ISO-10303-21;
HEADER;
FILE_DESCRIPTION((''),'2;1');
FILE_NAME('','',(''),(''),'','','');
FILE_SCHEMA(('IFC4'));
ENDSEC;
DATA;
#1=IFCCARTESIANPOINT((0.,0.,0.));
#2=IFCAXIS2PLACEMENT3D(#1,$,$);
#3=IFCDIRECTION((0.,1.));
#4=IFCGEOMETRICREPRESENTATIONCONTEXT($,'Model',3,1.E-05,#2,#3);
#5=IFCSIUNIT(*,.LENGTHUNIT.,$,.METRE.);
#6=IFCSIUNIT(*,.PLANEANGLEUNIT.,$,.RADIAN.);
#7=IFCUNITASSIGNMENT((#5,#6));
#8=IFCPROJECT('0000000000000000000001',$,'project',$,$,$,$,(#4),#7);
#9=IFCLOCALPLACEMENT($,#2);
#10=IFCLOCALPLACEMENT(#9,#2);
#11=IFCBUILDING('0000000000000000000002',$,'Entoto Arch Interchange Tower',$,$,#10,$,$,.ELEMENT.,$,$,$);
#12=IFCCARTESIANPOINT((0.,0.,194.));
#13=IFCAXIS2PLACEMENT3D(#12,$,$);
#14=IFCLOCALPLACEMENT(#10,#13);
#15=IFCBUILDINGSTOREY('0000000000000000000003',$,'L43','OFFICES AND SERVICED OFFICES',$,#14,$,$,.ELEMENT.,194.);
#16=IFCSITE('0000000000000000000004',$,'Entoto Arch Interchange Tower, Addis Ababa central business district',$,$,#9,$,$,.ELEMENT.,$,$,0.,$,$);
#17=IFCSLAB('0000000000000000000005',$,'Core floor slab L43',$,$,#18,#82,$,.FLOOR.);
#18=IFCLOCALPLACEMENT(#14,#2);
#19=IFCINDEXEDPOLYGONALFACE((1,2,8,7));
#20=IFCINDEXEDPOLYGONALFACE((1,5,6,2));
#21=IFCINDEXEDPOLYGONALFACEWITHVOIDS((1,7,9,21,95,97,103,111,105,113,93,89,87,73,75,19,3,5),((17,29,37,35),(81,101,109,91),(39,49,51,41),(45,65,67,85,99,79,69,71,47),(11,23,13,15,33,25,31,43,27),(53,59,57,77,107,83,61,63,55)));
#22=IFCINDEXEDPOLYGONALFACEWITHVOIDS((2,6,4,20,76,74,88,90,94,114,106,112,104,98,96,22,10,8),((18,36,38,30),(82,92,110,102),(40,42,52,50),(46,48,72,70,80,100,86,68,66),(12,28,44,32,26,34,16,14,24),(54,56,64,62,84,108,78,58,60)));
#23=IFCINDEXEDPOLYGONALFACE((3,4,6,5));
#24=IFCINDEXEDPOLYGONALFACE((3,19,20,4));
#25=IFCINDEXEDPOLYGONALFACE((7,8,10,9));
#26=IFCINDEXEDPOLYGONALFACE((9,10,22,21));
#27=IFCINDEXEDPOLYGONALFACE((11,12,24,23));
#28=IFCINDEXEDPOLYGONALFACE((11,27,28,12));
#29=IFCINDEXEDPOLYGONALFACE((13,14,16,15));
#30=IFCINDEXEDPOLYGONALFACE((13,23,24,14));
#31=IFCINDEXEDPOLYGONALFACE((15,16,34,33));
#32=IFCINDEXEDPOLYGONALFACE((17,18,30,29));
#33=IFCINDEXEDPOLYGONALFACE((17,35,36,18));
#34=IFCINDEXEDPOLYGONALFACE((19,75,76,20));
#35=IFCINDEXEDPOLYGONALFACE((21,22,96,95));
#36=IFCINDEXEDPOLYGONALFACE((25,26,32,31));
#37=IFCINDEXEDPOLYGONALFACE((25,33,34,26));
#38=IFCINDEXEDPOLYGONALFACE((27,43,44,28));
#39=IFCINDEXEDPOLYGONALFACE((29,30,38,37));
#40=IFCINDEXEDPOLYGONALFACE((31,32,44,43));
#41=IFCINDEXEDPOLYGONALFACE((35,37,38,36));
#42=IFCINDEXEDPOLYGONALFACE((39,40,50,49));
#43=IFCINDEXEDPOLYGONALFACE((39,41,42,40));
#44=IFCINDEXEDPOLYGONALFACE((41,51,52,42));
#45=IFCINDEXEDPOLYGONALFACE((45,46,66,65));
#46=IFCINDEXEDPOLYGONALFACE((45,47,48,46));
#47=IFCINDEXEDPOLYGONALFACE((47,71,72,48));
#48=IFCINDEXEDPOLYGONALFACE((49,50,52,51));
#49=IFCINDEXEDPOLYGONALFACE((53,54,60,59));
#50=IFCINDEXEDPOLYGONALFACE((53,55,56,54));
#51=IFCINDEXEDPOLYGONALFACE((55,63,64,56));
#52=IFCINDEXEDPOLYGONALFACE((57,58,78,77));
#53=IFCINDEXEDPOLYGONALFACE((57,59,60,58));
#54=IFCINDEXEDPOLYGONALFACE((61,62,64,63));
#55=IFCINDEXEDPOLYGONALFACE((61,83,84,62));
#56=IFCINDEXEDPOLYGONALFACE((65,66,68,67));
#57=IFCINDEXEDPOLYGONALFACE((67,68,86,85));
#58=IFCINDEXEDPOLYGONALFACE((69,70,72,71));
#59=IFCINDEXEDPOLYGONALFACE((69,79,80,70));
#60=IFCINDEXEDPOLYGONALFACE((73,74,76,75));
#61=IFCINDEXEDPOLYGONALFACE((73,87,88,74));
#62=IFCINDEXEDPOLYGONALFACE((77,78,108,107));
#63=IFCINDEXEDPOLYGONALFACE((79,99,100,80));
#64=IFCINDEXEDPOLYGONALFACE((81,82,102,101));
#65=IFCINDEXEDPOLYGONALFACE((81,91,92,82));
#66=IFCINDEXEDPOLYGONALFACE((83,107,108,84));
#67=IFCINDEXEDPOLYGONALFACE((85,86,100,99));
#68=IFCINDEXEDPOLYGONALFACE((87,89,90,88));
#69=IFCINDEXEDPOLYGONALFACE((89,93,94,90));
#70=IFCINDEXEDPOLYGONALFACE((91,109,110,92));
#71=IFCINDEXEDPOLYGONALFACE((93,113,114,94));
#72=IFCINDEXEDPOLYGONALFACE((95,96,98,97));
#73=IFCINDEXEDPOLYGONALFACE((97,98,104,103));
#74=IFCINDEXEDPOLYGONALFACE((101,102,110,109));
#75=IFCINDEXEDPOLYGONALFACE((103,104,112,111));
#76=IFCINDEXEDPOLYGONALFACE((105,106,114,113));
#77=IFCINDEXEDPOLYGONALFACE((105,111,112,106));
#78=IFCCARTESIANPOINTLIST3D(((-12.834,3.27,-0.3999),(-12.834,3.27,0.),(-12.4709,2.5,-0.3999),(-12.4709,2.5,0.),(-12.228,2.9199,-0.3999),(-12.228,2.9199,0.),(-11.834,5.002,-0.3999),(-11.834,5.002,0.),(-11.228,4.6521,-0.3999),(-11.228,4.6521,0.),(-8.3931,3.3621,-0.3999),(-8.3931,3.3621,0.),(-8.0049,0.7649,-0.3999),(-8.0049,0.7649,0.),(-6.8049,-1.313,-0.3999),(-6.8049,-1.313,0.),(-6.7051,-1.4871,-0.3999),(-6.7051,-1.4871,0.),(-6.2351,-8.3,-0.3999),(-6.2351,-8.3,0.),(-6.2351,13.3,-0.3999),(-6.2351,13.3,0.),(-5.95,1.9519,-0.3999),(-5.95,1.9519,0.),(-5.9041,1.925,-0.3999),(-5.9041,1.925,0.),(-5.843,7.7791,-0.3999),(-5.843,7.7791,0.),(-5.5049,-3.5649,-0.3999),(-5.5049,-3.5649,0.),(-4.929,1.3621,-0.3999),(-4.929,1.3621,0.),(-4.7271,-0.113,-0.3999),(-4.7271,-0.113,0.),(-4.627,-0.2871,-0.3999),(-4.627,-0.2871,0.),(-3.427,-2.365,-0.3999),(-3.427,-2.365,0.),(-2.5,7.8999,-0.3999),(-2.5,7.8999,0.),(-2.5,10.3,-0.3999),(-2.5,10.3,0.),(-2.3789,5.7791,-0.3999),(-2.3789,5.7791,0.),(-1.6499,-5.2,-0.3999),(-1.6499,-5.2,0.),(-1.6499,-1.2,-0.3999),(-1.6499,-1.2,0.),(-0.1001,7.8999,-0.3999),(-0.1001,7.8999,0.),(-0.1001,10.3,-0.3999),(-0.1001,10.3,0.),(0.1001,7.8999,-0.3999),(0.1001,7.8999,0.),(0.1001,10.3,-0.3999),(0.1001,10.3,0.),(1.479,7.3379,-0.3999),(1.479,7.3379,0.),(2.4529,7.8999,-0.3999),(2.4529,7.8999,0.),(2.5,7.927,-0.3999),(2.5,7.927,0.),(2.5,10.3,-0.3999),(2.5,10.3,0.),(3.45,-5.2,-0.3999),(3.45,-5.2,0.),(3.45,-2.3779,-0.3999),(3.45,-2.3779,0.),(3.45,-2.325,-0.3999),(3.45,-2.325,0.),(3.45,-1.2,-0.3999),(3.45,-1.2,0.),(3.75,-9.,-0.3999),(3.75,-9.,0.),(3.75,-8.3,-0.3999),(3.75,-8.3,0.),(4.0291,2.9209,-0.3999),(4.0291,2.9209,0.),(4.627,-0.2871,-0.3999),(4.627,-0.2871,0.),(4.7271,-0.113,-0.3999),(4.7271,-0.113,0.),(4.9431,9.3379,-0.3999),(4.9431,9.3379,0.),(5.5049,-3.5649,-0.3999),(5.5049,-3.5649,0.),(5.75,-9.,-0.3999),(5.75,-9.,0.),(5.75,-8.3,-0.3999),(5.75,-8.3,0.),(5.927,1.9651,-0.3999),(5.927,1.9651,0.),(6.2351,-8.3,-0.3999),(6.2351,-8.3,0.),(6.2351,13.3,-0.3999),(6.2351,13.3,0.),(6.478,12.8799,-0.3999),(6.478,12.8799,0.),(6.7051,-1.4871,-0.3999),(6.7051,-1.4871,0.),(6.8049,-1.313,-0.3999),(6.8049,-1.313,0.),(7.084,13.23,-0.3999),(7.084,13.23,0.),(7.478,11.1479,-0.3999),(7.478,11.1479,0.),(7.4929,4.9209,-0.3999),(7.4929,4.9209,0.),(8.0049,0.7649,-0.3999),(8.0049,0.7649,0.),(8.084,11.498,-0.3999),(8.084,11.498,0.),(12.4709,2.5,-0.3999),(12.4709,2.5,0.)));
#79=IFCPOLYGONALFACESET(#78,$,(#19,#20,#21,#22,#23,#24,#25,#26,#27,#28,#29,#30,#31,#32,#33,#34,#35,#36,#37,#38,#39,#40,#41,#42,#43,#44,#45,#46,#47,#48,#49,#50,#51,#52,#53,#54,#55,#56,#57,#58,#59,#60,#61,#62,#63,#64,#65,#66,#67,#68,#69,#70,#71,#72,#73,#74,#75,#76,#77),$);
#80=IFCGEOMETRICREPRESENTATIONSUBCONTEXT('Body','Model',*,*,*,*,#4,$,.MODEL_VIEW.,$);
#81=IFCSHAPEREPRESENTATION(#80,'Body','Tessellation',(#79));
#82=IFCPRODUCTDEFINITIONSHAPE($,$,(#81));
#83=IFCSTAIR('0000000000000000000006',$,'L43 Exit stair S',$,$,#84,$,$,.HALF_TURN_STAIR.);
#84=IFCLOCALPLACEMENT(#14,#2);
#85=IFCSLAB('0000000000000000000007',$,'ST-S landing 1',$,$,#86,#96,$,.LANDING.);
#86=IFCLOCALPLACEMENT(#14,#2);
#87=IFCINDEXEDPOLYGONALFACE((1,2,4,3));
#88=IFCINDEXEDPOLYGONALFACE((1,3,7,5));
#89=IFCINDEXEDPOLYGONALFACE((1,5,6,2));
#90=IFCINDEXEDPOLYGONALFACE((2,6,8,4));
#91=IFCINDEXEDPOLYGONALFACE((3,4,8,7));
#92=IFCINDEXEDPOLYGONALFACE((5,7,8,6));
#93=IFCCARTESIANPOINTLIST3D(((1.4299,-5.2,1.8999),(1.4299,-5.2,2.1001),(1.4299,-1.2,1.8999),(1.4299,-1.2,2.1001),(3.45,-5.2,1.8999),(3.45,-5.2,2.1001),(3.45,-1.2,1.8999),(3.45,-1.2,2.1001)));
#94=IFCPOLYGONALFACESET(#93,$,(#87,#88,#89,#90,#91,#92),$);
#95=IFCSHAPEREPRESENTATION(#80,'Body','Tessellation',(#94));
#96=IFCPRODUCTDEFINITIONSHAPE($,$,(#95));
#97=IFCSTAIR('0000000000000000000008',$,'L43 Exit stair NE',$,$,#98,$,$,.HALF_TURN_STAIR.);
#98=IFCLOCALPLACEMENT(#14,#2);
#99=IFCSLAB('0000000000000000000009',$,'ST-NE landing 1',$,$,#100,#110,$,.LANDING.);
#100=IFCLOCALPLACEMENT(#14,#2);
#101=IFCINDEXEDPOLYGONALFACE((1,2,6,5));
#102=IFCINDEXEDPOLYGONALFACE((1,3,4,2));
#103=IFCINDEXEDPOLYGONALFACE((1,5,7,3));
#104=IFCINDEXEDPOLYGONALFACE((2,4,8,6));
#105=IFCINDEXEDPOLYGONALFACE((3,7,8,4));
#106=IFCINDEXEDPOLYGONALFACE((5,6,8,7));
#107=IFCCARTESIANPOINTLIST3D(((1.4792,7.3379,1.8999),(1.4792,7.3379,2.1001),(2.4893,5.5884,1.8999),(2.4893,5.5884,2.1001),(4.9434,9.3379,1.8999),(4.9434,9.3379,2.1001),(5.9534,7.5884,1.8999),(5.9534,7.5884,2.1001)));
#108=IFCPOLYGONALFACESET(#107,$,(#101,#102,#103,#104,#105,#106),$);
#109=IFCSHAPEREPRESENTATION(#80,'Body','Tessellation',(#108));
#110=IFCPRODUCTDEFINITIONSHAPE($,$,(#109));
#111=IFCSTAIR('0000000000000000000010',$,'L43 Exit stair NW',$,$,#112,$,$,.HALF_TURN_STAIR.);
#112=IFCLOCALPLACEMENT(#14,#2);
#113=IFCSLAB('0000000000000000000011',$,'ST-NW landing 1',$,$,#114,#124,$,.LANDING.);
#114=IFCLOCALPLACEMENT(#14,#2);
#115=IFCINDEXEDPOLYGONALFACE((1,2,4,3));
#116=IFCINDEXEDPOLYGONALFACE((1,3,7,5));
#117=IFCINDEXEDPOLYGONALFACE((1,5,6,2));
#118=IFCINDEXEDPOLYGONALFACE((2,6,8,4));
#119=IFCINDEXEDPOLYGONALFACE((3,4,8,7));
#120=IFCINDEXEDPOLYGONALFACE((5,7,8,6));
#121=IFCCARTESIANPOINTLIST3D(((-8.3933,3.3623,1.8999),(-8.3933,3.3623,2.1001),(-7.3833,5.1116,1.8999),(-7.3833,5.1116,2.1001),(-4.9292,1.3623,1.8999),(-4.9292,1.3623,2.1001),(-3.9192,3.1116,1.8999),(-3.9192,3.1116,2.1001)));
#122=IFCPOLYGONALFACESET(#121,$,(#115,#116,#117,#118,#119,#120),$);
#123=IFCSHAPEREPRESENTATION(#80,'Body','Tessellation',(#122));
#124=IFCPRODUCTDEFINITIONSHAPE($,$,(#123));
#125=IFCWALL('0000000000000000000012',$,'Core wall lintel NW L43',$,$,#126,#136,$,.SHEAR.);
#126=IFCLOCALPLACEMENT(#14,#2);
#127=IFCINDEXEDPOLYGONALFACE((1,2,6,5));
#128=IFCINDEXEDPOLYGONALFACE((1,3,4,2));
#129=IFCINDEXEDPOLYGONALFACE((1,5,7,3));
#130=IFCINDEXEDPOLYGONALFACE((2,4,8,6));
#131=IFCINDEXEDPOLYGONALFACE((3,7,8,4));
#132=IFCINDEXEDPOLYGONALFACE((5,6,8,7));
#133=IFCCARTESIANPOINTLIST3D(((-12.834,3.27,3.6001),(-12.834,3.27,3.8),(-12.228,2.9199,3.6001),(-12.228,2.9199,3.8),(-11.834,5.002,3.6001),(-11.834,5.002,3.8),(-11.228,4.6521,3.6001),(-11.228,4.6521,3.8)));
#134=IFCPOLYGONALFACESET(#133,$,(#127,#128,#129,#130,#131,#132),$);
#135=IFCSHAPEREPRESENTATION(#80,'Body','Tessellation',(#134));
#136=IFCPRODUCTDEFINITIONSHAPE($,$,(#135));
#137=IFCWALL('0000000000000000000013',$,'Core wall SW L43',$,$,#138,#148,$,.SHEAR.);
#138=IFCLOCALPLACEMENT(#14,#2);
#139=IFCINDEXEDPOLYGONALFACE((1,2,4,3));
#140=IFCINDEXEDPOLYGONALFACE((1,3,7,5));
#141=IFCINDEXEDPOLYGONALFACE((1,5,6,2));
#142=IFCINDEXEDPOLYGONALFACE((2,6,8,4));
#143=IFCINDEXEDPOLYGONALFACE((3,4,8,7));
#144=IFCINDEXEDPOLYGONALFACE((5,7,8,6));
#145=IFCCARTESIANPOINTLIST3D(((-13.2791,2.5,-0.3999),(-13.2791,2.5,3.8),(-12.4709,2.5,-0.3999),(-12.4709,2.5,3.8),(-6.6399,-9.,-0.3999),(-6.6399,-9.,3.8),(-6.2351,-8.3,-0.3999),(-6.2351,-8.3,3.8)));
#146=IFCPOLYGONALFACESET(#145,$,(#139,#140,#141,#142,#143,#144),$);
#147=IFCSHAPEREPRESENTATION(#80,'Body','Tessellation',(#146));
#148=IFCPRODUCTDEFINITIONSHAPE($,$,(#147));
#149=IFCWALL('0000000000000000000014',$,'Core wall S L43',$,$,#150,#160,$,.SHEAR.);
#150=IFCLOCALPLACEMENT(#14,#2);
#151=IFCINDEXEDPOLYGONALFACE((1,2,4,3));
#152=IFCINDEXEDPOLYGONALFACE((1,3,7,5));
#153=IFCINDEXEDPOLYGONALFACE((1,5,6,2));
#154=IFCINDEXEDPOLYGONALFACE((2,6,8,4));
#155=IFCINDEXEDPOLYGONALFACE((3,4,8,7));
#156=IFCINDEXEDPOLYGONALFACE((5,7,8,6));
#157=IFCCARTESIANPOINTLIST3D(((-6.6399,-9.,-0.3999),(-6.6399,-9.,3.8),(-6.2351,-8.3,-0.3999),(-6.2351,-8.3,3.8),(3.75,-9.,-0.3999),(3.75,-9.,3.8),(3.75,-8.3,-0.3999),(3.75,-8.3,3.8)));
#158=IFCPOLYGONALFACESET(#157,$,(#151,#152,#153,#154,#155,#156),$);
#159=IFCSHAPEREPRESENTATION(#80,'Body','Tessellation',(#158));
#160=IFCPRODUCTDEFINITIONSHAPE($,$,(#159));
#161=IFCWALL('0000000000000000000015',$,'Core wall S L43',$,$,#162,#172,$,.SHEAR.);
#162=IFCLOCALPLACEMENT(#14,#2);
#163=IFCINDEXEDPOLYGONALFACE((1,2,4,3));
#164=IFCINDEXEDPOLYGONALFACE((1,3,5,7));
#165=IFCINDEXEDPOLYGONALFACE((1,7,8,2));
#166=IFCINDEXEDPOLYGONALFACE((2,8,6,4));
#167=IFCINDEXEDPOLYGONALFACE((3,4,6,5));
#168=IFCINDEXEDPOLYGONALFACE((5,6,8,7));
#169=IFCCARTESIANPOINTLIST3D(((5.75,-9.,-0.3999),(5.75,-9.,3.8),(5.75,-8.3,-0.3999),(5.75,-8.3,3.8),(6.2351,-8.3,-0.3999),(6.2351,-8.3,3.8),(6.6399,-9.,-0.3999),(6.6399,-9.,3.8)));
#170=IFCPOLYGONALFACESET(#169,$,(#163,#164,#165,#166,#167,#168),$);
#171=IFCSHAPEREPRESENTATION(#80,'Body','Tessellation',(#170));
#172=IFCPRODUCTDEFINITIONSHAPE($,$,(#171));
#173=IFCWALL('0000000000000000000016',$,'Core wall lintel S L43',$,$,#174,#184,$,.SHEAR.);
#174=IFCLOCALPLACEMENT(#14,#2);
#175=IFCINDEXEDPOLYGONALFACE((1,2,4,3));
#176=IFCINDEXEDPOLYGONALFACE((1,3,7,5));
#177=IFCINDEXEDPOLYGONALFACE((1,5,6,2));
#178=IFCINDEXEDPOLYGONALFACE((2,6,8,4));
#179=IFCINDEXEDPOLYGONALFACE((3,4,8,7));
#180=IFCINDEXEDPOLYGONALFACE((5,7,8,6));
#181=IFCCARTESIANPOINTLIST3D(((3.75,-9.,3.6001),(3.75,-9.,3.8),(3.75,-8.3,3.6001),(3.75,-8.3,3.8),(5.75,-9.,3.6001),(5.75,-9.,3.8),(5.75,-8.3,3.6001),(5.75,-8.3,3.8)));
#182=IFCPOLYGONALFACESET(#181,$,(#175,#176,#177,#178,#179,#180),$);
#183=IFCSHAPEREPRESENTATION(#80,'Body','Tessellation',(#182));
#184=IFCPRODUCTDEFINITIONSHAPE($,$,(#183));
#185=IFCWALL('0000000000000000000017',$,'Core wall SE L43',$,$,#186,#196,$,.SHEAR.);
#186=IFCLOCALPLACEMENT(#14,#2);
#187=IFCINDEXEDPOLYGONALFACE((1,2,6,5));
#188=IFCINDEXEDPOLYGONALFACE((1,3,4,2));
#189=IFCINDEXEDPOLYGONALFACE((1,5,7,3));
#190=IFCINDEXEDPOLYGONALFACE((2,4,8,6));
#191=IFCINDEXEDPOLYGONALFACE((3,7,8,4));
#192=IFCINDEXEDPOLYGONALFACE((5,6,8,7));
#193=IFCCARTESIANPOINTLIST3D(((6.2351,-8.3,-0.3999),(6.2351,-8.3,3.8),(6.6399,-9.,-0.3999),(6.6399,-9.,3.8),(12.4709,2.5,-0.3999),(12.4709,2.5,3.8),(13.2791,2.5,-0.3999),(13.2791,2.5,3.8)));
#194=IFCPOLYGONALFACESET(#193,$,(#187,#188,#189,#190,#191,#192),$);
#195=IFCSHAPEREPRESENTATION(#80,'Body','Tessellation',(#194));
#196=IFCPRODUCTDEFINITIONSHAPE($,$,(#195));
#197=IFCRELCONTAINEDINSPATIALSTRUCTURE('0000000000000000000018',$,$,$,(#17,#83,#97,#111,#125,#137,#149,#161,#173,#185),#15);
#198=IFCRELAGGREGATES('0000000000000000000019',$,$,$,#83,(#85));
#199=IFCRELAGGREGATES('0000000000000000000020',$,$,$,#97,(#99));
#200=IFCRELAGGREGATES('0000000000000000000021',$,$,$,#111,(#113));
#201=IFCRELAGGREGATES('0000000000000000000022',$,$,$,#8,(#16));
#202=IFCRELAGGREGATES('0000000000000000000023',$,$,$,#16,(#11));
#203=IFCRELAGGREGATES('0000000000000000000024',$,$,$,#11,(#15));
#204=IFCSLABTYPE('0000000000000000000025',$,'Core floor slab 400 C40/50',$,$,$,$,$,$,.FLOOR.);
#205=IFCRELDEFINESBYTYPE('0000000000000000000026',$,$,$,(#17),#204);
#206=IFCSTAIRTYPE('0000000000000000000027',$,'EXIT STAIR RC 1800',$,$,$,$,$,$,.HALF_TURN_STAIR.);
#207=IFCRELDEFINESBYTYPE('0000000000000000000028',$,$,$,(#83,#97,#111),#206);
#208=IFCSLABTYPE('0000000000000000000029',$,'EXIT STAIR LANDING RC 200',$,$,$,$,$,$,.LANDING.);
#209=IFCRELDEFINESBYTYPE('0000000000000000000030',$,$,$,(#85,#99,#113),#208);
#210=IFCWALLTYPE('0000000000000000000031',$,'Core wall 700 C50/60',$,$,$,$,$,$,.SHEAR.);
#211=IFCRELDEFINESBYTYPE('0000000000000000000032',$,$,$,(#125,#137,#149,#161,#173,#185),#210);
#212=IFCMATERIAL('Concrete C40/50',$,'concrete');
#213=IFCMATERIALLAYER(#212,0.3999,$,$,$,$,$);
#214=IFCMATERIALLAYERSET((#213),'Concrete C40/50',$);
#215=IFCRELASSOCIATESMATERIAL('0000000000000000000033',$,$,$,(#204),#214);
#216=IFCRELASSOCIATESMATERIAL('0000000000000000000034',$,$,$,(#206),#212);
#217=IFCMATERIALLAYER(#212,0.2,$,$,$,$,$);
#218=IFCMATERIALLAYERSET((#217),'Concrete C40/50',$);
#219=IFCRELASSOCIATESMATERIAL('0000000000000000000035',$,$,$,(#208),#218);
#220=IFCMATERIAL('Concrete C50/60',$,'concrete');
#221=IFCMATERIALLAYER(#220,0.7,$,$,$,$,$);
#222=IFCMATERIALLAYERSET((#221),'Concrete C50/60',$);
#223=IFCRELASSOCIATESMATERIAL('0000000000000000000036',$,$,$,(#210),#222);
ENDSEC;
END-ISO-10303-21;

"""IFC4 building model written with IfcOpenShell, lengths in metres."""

from ifc_helpers import new_model, si_unit, direction, frame, origin, place, context, subcontext, project, spatial, polyline, outline, extrude, material, layer, layer_set, type_object, element, aggregate, save


model = new_model("IFC4")

# Units and contexts
model_context = context("Model", 3, precision=1e-05, world=origin(), true_north=direction((0.0, 1.0)))
body_context = subcontext(model_context, "Body", "Model", "MODEL_VIEW")
ifc_project = project(units=[si_unit("LENGTHUNIT", "METRE"), si_unit("PLANEANGLEUNIT", "RADIAN")], contexts=[model_context])

# Site, building, storey
site_placement = place(None, origin())
site = spatial("IfcSite", under=ifc_project, at=site_placement, Name="Entoto Arch Interchange Tower, Addis Ababa central business district", CompositionType="ELEMENT", RefElevation=0.0)
building_placement = place(site_placement, origin())
building = spatial("IfcBuilding", under=site, at=building_placement, Name="Entoto Arch Interchange Tower", CompositionType="ELEMENT")
storey_placement = place(building_placement, frame((0.0, 0.0, 194.0)))
storey = spatial("IfcBuildingStorey", under=building, at=storey_placement, Name="L43", Description="OFFICES AND SERVICED OFFICES", CompositionType="ELEMENT", Elevation=194.0)

# Slab
ifc_material_1 = material(Name="Concrete C40/50", Category="concrete")
ifc_layer_1 = layer(ifc_material_1, 0.3999)
ifc_layer_set_1 = layer_set([ifc_layer_1], Name="Concrete C40/50")
slab_type_1 = type_object("IfcSlabType", Name="Core floor slab 400 C40/50", PredefinedType="FLOOR", material=ifc_layer_set_1)
slab_1_placement = place(storey_placement, frame((0.0, 0.0, -0.3999)))
element("IfcSlab", 1, at=slab_1_placement, inside=storey, type_object=slab_type_1, Name="Core floor slab L43", PredefinedType="FLOOR", context=body_context, shape_type="SweptSolid", body=[
    extrude(outline(polyline([(5.75, -9.0), (3.75, -9.0), (3.75, -8.3), (-6.2351, -8.3), (-12.4709, 2.5), (-12.228, 2.9199), (-12.834, 3.27), (-11.834, 5.002), (-11.228, 4.6521), (-6.2351, 13.3), (6.2351, 13.3), (6.478, 12.8799), (7.084, 13.23), (8.084, 11.498), (7.478, 11.1479), (12.4709, 2.5), (6.2351, -8.3), (5.75, -8.3), (5.75, -9.0)]), holes=[polyline([(-1.6499, -5.2), (3.45, -5.2), (3.45, -2.3779), (5.5049, -3.5649), (6.7051, -1.4871), (4.627, -0.2871), (3.45, -2.325), (3.45, -1.2), (-1.6499, -1.2), (-1.6499, -5.2)]), polyline([(-4.627, -0.2871), (-6.7051, -1.4871), (-5.5049, -3.5649), (-3.427, -2.365), (-4.627, -0.2871)]), polyline([(-5.9041, 1.925), (-4.929, 1.3621), (-2.3789, 5.7791), (-5.843, 7.7791), (-8.3931, 3.3621), (-5.95, 1.9519), (-8.0049, 0.7649), (-6.8049, -1.313), (-4.7271, -0.113), (-5.9041, 1.925)]), polyline([(4.7271, -0.113), (6.8049, -1.313), (8.0049, 0.7649), (5.927, 1.9651), (4.7271, -0.113)]), polyline([(2.5, 7.927), (2.5, 10.3), (0.1001, 10.3), (0.1001, 7.8999), (2.4529, 7.8999), (1.479, 7.3379), (4.0291, 2.9209), (7.4929, 4.9209), (4.9431, 9.3379), (2.5, 7.927)]), polyline([(-2.5, 7.8999), (-0.1001, 7.8999), (-0.1001, 10.3), (-2.5, 10.3), (-2.5, 7.8999)])]), origin(), (0.0, 0.0, 1.0), 0.3999),
])

# Stairs, slabs
stair_type = type_object("IfcStairType", Name="EXIT STAIR RC 1800", PredefinedType="HALF_TURN_STAIR", material=ifc_material_1)
stair_1_placement = place(storey_placement, origin())
stair_1 = element("IfcStair", 2, at=stair_1_placement, inside=storey, type_object=stair_type, Name="L43 Exit stair S", PredefinedType="HALF_TURN_STAIR")
ifc_layer_2 = layer(ifc_material_1, 0.2)
ifc_layer_set_2 = layer_set([ifc_layer_2], Name="Concrete C40/50")
slab_type_2 = type_object("IfcSlabType", Name="EXIT STAIR LANDING RC 200", PredefinedType="LANDING", material=ifc_layer_set_2)
slab_2_placement = place(storey_placement, frame((0.0, 0.0, 1.8999)))
slab_2 = element("IfcSlab", 3, at=slab_2_placement, type_object=slab_type_2, Name="ST-S landing 1", PredefinedType="LANDING", context=body_context, shape_type="SweptSolid", body=[
    extrude(outline(polyline([(1.4299, -5.2), (3.45, -5.2), (3.45, -1.2), (1.4299, -1.2), (1.4299, -5.2)])), origin(), (0.0, 0.0, 1.0), 0.2002),
])
aggregate(stair_1, [slab_2])
stair_2_placement = place(storey_placement, origin())
stair_2 = element("IfcStair", 4, at=stair_2_placement, inside=storey, type_object=stair_type, Name="L43 Exit stair NE", PredefinedType="HALF_TURN_STAIR")
slab_3_placement = place(storey_placement, frame((0.0, 0.0, 1.8999)))
slab_3 = element("IfcSlab", 5, at=slab_3_placement, type_object=slab_type_2, Name="ST-NE landing 1", PredefinedType="LANDING", context=body_context, shape_type="SweptSolid", body=[
    extrude(outline(polyline([(5.9534, 7.5884), (4.9434, 9.3379), (1.4792, 7.3379), (2.4893, 5.5884), (5.9534, 7.5884)])), origin(), (0.0, 0.0, 1.0), 0.2002),
])
aggregate(stair_2, [slab_3])
stair_3_placement = place(storey_placement, origin())
stair_3 = element("IfcStair", 6, at=stair_3_placement, inside=storey, type_object=stair_type, Name="L43 Exit stair NW", PredefinedType="HALF_TURN_STAIR")
slab_4_placement = place(storey_placement, frame((0.0, 0.0, 1.8999)))
slab_4 = element("IfcSlab", 7, at=slab_4_placement, type_object=slab_type_2, Name="ST-NW landing 1", PredefinedType="LANDING", context=body_context, shape_type="SweptSolid", body=[
    extrude(outline(polyline([(-7.3833, 5.1116), (-8.3933, 3.3623), (-4.9292, 1.3623), (-3.9192, 3.1116), (-7.3833, 5.1116)])), origin(), (0.0, 0.0, 1.0), 0.2002),
])

# Walls
ifc_material_2 = material(Name="Concrete C50/60", Category="concrete")
ifc_layer_3 = layer(ifc_material_2, 0.7)
ifc_layer_set_3 = layer_set([ifc_layer_3], Name="Concrete C50/60")
wall_type_1 = type_object("IfcWallType", Name="Core wall 700 C50/60", PredefinedType="SHEAR", material=ifc_layer_set_3)
wall_1_placement = place(storey_placement, frame((0.0, 0.0, 3.6001)))
element("IfcWall", 8, at=wall_1_placement, inside=storey, type_object=wall_type_1, Name="Core wall lintel NW L43", PredefinedType="SHEAR", context=body_context, shape_type="SweptSolid", body=[
    extrude(outline(polyline([(-12.834, 3.27), (-12.228, 2.9199), (-11.228, 4.6521), (-11.834, 5.002), (-12.834, 3.27)])), origin(), (0.0, 0.0, 1.0), 0.2),
])
wall_2_placement = place(storey_placement, frame((0.0, 0.0, -0.3999)))
element("IfcWall", 9, at=wall_2_placement, inside=storey, type_object=wall_type_1, Name="Core wall SW L43", PredefinedType="SHEAR", context=body_context, shape_type="SweptSolid", body=[
    extrude(outline(polyline([(-13.2791, 2.5), (-6.6399, -9.0), (-6.2351, -8.3), (-12.4709, 2.5), (-13.2791, 2.5)])), origin(), (0.0, 0.0, 1.0), 4.2),
])
wall_3_placement = place(storey_placement, frame((0.0, 0.0, -0.3999)))
element("IfcWall", 10, at=wall_3_placement, inside=storey, type_object=wall_type_1, Name="Core wall S L43", PredefinedType="SHEAR", context=body_context, shape_type="SweptSolid", body=[
    extrude(outline(polyline([(3.75, -9.0), (3.75, -8.3), (-6.2351, -8.3), (-6.6399, -9.0), (3.75, -9.0)])), origin(), (0.0, 0.0, 1.0), 4.2),
])
wall_4_placement = place(storey_placement, frame((0.0, 0.0, -0.3999)))
element("IfcWall", 11, at=wall_4_placement, inside=storey, type_object=wall_type_1, Name="Core wall S L43", PredefinedType="SHEAR", context=body_context, shape_type="SweptSolid", body=[
    extrude(outline(polyline([(5.75, -8.3), (5.75, -9.0), (6.6399, -9.0), (6.2351, -8.3), (5.75, -8.3)])), origin(), (0.0, 0.0, 1.0), 4.2),
])
wall_5_placement = place(storey_placement, frame((0.0, 0.0, 3.6001)))
element("IfcWall", 12, at=wall_5_placement, inside=storey, type_object=wall_type_1, Name="Core wall lintel S L43", PredefinedType="SHEAR", context=body_context, shape_type="SweptSolid", body=[
    extrude(outline(polyline([(5.75, -9.0), (5.75, -8.3), (3.75, -8.3), (3.75, -9.0), (5.75, -9.0)])), origin(), (0.0, 0.0, 1.0), 0.2),
])
wall_6_placement = place(storey_placement, frame((0.0, 0.0, -0.3999)))
element("IfcWall", 13, at=wall_6_placement, inside=storey, type_object=wall_type_1, Name="Core wall SE L43", PredefinedType="SHEAR", context=body_context, shape_type="SweptSolid", body=[
    extrude(outline(polyline([(6.6399, -9.0), (13.2791, 2.5), (12.4709, 2.5), (6.2351, -8.3), (6.6399, -9.0)])), origin(), (0.0, 0.0, 1.0), 4.2),
])

aggregate(stair_3, [slab_4])

save(model, "model.ifc")
